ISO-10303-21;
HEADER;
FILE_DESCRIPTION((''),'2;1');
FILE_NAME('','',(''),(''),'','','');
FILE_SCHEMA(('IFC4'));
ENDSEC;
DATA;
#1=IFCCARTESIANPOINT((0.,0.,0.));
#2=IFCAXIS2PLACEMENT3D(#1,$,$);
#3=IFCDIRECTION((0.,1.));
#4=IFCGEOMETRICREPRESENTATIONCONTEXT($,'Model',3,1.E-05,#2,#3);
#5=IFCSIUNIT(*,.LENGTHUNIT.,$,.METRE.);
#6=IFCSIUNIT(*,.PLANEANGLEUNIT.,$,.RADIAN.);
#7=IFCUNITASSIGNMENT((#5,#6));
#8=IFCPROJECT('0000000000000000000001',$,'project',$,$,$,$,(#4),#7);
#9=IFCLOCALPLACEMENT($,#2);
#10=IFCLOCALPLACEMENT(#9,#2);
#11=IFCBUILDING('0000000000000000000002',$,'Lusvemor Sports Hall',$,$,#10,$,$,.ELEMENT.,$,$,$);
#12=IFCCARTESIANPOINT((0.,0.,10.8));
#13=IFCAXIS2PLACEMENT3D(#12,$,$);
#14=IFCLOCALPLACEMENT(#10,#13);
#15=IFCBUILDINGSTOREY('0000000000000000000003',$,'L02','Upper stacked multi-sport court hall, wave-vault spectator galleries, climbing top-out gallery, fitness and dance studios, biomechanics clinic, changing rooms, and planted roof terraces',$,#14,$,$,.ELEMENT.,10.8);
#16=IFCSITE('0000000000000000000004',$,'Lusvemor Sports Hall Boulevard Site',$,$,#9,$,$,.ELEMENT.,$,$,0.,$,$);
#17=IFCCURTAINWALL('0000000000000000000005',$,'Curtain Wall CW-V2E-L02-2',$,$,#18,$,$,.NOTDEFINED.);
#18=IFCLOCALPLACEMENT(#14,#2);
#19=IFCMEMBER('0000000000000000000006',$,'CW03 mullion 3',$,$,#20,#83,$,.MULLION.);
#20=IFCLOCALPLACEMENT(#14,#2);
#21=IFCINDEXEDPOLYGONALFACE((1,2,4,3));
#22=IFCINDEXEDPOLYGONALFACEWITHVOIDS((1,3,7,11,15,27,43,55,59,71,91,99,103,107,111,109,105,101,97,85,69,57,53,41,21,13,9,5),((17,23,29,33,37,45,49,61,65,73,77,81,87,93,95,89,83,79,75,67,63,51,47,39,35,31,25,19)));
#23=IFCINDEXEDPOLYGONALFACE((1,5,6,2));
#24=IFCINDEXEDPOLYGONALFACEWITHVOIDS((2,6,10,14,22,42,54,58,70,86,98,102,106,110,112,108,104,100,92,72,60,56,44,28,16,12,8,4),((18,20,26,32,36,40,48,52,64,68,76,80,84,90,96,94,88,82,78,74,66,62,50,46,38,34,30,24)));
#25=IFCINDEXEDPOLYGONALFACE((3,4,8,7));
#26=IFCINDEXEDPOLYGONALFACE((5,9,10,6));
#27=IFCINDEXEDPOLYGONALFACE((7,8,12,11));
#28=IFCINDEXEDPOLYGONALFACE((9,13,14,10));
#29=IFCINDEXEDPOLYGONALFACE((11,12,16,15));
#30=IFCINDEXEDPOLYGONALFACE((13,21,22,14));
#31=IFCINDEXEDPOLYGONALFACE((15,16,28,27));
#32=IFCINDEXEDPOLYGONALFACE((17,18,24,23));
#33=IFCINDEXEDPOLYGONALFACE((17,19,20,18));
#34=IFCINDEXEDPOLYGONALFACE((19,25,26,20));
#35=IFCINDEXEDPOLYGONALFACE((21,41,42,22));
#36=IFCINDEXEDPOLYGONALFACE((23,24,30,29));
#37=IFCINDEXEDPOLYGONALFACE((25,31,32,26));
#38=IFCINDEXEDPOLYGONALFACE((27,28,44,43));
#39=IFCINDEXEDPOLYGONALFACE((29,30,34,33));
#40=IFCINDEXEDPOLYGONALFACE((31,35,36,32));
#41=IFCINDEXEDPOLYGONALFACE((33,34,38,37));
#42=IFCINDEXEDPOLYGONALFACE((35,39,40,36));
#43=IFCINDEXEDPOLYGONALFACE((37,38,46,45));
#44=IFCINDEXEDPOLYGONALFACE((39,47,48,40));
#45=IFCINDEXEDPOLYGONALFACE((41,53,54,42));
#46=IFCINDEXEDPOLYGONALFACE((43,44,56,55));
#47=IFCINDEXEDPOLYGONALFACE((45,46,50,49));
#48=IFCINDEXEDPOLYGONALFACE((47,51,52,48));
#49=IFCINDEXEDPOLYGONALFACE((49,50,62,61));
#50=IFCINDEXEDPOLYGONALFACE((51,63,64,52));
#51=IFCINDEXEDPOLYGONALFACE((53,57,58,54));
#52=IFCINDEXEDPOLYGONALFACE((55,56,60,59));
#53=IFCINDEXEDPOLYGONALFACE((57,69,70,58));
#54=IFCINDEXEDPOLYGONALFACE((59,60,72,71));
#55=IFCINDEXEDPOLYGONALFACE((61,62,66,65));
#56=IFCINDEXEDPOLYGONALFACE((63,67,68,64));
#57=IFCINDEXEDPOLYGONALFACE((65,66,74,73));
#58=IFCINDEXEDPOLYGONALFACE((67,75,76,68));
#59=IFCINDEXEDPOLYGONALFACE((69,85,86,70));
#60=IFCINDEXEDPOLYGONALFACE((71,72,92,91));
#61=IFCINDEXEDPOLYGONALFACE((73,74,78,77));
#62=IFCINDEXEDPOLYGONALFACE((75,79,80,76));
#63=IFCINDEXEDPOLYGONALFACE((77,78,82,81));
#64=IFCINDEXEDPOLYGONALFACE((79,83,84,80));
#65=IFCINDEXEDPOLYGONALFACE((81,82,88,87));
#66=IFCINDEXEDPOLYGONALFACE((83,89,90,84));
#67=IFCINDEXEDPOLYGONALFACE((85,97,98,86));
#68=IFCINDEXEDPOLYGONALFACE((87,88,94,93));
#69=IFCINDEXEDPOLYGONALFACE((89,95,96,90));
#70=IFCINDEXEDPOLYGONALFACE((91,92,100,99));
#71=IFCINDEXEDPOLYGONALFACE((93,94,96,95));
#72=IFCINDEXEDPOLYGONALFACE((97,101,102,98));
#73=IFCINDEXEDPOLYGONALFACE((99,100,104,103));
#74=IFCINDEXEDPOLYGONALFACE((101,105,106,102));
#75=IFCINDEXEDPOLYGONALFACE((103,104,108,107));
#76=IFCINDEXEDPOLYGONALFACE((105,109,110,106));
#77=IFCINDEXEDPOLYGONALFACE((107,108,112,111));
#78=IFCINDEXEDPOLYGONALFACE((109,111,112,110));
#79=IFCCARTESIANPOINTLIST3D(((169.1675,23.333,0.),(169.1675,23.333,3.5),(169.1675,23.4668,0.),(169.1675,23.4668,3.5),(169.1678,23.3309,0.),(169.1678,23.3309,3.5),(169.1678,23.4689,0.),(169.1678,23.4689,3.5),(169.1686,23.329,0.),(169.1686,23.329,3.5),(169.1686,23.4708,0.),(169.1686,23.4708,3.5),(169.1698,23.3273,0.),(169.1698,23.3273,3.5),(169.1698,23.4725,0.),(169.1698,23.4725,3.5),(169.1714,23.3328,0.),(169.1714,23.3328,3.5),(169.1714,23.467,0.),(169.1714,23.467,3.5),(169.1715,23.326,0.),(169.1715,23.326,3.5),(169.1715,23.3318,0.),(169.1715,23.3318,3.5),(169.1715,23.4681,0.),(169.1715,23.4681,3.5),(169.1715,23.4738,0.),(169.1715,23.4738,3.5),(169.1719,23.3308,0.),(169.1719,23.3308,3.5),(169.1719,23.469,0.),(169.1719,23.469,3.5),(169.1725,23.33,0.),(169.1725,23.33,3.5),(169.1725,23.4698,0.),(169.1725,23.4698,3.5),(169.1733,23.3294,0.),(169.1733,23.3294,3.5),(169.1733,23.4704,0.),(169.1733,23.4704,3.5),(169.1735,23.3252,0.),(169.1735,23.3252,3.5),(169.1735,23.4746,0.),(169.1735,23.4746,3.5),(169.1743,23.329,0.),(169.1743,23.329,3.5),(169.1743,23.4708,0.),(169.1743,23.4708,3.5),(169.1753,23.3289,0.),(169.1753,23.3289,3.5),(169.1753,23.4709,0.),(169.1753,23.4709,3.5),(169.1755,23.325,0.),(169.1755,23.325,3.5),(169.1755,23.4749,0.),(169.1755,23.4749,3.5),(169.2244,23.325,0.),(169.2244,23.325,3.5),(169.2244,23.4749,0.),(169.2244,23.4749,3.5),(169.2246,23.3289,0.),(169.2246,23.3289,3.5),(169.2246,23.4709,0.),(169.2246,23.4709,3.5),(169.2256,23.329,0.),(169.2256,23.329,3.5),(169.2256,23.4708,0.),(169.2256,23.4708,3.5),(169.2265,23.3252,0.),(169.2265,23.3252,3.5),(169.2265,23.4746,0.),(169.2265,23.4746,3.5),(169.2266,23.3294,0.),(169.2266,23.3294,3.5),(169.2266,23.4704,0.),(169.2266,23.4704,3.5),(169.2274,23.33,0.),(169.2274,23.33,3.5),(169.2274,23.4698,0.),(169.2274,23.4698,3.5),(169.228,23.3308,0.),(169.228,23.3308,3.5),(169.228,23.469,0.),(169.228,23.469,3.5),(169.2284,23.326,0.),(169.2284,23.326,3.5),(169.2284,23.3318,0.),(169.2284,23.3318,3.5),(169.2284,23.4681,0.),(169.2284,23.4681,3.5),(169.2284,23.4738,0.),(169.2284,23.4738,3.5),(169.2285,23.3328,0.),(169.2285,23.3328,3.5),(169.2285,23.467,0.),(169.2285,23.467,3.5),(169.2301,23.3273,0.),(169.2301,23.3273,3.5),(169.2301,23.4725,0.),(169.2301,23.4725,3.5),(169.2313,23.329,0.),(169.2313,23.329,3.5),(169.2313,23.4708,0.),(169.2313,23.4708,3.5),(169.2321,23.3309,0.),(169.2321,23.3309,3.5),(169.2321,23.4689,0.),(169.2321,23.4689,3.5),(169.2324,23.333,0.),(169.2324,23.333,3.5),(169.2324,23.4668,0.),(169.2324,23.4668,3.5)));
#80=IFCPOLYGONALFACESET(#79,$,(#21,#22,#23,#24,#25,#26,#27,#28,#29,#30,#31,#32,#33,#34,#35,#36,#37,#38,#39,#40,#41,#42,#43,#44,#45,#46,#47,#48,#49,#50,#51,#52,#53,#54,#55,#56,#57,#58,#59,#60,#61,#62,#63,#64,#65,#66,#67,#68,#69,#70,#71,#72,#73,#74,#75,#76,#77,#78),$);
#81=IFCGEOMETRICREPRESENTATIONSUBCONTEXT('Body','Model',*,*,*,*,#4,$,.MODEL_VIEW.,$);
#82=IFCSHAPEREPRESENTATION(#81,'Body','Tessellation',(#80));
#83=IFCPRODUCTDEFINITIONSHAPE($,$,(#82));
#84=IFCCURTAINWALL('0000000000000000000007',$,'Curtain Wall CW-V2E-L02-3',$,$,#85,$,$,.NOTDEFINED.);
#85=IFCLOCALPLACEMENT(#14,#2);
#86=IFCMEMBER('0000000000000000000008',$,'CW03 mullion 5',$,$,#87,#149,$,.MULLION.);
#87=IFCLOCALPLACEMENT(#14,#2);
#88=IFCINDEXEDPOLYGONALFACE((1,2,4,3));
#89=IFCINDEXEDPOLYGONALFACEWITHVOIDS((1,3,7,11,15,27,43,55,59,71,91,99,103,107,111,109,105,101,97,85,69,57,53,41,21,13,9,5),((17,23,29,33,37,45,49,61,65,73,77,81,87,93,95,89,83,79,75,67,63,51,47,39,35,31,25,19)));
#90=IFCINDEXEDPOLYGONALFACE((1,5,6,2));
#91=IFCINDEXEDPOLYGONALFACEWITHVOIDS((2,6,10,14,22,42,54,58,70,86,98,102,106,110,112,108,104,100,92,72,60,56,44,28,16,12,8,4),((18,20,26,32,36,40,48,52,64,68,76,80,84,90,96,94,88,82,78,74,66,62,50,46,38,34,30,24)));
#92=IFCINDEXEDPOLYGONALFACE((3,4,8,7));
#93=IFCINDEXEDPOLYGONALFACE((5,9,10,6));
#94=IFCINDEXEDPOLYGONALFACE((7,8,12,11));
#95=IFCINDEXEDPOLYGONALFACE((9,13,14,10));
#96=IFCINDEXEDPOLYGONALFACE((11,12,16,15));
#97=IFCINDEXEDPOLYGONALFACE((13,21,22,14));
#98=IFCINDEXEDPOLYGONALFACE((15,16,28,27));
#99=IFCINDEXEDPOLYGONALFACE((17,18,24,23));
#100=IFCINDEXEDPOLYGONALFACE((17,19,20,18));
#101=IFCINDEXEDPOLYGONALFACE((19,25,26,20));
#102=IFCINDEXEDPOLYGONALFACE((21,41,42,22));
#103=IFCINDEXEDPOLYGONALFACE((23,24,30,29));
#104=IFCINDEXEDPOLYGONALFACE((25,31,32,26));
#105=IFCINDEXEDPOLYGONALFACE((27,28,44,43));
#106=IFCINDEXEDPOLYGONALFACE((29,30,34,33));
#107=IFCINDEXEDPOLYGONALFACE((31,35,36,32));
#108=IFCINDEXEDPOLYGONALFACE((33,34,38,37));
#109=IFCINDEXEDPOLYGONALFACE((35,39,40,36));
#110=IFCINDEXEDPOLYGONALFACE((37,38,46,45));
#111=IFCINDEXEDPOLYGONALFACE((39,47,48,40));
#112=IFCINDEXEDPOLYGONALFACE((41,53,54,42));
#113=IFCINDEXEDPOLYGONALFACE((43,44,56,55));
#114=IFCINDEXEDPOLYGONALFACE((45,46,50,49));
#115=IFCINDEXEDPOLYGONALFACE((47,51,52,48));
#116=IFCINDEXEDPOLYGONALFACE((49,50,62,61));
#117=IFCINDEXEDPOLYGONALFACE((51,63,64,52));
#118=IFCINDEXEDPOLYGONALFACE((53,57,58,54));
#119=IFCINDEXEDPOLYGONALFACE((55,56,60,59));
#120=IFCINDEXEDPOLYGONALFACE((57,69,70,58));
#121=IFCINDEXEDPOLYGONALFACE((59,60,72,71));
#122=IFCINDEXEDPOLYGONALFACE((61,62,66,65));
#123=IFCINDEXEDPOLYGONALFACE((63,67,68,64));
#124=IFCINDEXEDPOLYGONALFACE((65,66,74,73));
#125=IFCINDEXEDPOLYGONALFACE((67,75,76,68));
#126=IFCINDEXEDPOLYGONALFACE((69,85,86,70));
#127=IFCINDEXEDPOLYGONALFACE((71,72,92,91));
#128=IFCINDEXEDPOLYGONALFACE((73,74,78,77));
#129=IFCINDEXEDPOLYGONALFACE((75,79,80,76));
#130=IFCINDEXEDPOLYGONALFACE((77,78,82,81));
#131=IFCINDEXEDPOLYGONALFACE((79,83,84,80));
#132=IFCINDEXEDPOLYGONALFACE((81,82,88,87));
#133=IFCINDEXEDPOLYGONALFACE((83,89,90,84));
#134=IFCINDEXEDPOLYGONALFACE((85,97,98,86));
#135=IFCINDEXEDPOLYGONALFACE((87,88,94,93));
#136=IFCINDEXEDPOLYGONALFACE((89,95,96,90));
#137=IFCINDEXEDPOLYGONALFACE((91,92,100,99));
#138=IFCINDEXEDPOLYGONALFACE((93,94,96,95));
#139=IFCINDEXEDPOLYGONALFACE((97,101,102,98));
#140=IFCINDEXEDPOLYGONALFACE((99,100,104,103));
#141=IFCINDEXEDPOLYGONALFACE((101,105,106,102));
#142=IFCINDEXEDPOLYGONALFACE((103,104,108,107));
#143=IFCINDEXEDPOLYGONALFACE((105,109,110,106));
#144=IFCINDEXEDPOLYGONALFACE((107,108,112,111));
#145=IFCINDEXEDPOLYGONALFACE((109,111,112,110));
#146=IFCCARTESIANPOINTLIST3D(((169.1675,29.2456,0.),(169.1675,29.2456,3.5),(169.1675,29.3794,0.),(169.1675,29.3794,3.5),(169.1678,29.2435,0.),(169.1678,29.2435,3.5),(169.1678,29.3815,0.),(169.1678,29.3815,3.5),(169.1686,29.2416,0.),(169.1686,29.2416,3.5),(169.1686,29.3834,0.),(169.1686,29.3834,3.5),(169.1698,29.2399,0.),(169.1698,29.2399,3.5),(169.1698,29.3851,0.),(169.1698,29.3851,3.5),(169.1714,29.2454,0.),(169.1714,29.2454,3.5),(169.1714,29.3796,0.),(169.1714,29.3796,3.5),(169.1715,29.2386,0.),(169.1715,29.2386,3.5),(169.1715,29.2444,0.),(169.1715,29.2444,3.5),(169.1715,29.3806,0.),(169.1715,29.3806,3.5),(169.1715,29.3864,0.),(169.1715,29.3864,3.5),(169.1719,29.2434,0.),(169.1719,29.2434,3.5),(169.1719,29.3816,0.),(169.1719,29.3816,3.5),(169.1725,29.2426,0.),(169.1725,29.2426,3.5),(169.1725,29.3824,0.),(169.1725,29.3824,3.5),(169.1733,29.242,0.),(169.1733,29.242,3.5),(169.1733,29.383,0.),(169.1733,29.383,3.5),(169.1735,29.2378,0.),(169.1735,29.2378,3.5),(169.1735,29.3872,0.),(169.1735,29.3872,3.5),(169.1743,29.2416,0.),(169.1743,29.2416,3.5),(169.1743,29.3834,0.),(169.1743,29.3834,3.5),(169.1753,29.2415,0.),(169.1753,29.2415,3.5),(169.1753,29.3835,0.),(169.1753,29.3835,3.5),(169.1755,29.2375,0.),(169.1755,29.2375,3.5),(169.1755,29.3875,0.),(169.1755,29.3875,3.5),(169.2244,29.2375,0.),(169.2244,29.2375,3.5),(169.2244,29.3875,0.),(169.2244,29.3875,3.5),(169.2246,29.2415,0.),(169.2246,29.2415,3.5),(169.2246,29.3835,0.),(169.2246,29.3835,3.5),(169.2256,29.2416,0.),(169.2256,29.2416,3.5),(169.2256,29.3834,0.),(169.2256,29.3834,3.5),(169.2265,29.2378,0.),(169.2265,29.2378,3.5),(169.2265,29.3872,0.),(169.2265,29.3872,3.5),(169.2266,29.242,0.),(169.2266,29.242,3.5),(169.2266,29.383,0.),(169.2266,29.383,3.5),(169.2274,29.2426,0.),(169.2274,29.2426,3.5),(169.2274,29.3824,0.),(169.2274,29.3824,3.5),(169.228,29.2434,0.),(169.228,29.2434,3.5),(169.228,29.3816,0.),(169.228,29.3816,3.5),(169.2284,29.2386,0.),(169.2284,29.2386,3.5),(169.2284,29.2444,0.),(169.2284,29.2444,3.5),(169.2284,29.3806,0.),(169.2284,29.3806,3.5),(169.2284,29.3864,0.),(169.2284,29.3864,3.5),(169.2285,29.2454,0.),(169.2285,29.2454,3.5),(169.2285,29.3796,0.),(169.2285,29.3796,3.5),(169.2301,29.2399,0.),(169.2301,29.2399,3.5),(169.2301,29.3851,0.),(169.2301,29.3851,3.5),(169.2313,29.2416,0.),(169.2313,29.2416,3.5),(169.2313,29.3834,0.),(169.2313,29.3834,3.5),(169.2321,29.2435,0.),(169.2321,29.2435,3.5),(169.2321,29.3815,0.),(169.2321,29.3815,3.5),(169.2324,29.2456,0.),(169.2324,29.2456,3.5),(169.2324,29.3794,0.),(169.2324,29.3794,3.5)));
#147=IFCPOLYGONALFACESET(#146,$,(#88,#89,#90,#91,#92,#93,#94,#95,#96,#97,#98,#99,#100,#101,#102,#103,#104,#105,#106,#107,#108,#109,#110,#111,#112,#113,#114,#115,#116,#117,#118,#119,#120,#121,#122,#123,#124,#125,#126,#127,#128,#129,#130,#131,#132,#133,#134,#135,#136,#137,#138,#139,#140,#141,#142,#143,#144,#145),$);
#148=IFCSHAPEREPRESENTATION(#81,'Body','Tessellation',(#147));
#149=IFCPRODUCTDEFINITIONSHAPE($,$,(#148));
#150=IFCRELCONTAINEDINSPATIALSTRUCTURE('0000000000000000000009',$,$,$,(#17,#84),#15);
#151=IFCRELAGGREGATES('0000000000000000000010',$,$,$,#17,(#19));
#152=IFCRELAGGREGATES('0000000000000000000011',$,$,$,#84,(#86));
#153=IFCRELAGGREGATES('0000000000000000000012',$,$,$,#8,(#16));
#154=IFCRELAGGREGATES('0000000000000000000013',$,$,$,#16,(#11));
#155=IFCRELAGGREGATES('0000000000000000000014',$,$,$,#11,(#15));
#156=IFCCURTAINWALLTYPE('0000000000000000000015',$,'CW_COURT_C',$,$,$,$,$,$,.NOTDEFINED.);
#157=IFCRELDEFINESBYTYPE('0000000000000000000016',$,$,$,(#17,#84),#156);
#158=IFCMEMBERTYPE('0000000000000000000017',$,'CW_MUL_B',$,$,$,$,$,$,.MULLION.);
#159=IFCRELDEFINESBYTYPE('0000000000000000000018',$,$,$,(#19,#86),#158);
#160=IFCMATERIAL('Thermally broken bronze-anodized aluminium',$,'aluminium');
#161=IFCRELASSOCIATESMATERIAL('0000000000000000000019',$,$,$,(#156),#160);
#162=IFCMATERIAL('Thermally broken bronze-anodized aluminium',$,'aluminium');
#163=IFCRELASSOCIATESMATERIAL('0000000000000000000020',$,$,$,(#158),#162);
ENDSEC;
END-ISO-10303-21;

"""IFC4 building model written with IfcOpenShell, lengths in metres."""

from ifc_helpers import new_model, si_unit, direction, frame, origin, origin_2d, place, context, subcontext, project, spatial, hollow_rectangle, extrude, material, material_profile, profile_set, type_object, element, aggregate, save


model = new_model("IFC4")

# Units and contexts
model_context = context("Model", 3, precision=1e-05, world=origin(), true_north=direction((0.0, 1.0)))
body_context = subcontext(model_context, "Body", "Model", "MODEL_VIEW")
ifc_project = project(units=[si_unit("LENGTHUNIT", "METRE"), si_unit("PLANEANGLEUNIT", "RADIAN")], contexts=[model_context])

# Site, building, storey
site_placement = place(None, origin())
site = spatial("IfcSite", under=ifc_project, at=site_placement, Name="Lusvemor Sports Hall Boulevard Site", CompositionType="ELEMENT", RefElevation=0.0)
building_placement = place(site_placement, origin())
building = spatial("IfcBuilding", under=site, at=building_placement, Name="Lusvemor Sports Hall", CompositionType="ELEMENT")
storey_placement = place(building_placement, frame((0.0, 0.0, 10.8)))
storey = spatial("IfcBuildingStorey", under=building, at=storey_placement, Name="L02", Description="Upper stacked multi-sport court hall, wave-vault spectator galleries, climbing top-out gallery, fitness and dance studios, biomechanics clinic, changing rooms, and planted roof terraces", CompositionType="ELEMENT", Elevation=10.8)

# Curtain wall, member
ifc_material_1 = material(Name="Thermally broken bronze-anodized aluminium", Category="aluminium")
curtain_wall_type = type_object("IfcCurtainWallType", Name="CW_COURT_C", PredefinedType="NOTDEFINED", material=ifc_material_1)
curtain_wall_1_placement = place(storey_placement, origin())
curtain_wall_1 = element("IfcCurtainWall", 1, at=curtain_wall_1_placement, inside=storey, type_object=curtain_wall_type, Name="Curtain Wall CW-V2E-L02-2", PredefinedType="NOTDEFINED")
ifc_material_2 = material(Name="Thermally broken bronze-anodized aluminium", Category="aluminium")
ifc_material_profile_1 = material_profile(ifc_material_2, hollow_rectangle(XDim=0.0649, YDim=0.1499, WallThickness=0.0039, InnerFilletRadius=0.0039, OuterFilletRadius=0.0081, at=origin_2d()), Name="CWMUL150x65x4")
ifc_profile_set_1 = profile_set([ifc_material_profile_1], Name="Thermally broken bronze-anodized aluminium")
member_type_1 = type_object("IfcMemberType", Name="CW_MUL_B", PredefinedType="MULLION", material=ifc_profile_set_1)
member_1_placement = place(storey_placement, frame((169.2, 23.3999, 0.0), z_axis=(0.0, 0.0, 1.0), x_axis=(1.0, 0.0, 0.0)))
member_1 = element("IfcMember", 2, at=member_1_placement, type_object=member_type_1, Name="CW03 mullion 3", PredefinedType="MULLION", context=body_context, shape_type="SweptSolid", body=[
    extrude(hollow_rectangle(XDim=0.0649, YDim=0.1499, WallThickness=0.0039, InnerFilletRadius=0.0039, OuterFilletRadius=0.0081, at=origin_2d()), origin(), (0.0, 0.0, 1.0), 3.5),
])

# Curtain wall, member
curtain_wall_2_placement = place(storey_placement, origin())
curtain_wall_2 = element("IfcCurtainWall", 3, at=curtain_wall_2_placement, inside=storey, type_object=curtain_wall_type, Name="Curtain Wall CW-V2E-L02-3", PredefinedType="NOTDEFINED")
member_2_placement = place(storey_placement, frame((169.2, 29.3125, 0.0), z_axis=(0.0, 0.0, 1.0), x_axis=(1.0, 0.0, 0.0)))
member_2 = element("IfcMember", 4, at=member_2_placement, type_object=member_type_1, Name="CW03 mullion 5", PredefinedType="MULLION", context=body_context, shape_type="SweptSolid", body=[
    extrude(hollow_rectangle(XDim=0.0649, YDim=0.1499, WallThickness=0.0039, InnerFilletRadius=0.0039, OuterFilletRadius=0.0081, at=origin_2d()), origin(), (0.0, 0.0, 1.0), 3.5),
])

aggregate(curtain_wall_1, [member_1])
aggregate(curtain_wall_2, [member_2])

save(model, "model.ifc")
